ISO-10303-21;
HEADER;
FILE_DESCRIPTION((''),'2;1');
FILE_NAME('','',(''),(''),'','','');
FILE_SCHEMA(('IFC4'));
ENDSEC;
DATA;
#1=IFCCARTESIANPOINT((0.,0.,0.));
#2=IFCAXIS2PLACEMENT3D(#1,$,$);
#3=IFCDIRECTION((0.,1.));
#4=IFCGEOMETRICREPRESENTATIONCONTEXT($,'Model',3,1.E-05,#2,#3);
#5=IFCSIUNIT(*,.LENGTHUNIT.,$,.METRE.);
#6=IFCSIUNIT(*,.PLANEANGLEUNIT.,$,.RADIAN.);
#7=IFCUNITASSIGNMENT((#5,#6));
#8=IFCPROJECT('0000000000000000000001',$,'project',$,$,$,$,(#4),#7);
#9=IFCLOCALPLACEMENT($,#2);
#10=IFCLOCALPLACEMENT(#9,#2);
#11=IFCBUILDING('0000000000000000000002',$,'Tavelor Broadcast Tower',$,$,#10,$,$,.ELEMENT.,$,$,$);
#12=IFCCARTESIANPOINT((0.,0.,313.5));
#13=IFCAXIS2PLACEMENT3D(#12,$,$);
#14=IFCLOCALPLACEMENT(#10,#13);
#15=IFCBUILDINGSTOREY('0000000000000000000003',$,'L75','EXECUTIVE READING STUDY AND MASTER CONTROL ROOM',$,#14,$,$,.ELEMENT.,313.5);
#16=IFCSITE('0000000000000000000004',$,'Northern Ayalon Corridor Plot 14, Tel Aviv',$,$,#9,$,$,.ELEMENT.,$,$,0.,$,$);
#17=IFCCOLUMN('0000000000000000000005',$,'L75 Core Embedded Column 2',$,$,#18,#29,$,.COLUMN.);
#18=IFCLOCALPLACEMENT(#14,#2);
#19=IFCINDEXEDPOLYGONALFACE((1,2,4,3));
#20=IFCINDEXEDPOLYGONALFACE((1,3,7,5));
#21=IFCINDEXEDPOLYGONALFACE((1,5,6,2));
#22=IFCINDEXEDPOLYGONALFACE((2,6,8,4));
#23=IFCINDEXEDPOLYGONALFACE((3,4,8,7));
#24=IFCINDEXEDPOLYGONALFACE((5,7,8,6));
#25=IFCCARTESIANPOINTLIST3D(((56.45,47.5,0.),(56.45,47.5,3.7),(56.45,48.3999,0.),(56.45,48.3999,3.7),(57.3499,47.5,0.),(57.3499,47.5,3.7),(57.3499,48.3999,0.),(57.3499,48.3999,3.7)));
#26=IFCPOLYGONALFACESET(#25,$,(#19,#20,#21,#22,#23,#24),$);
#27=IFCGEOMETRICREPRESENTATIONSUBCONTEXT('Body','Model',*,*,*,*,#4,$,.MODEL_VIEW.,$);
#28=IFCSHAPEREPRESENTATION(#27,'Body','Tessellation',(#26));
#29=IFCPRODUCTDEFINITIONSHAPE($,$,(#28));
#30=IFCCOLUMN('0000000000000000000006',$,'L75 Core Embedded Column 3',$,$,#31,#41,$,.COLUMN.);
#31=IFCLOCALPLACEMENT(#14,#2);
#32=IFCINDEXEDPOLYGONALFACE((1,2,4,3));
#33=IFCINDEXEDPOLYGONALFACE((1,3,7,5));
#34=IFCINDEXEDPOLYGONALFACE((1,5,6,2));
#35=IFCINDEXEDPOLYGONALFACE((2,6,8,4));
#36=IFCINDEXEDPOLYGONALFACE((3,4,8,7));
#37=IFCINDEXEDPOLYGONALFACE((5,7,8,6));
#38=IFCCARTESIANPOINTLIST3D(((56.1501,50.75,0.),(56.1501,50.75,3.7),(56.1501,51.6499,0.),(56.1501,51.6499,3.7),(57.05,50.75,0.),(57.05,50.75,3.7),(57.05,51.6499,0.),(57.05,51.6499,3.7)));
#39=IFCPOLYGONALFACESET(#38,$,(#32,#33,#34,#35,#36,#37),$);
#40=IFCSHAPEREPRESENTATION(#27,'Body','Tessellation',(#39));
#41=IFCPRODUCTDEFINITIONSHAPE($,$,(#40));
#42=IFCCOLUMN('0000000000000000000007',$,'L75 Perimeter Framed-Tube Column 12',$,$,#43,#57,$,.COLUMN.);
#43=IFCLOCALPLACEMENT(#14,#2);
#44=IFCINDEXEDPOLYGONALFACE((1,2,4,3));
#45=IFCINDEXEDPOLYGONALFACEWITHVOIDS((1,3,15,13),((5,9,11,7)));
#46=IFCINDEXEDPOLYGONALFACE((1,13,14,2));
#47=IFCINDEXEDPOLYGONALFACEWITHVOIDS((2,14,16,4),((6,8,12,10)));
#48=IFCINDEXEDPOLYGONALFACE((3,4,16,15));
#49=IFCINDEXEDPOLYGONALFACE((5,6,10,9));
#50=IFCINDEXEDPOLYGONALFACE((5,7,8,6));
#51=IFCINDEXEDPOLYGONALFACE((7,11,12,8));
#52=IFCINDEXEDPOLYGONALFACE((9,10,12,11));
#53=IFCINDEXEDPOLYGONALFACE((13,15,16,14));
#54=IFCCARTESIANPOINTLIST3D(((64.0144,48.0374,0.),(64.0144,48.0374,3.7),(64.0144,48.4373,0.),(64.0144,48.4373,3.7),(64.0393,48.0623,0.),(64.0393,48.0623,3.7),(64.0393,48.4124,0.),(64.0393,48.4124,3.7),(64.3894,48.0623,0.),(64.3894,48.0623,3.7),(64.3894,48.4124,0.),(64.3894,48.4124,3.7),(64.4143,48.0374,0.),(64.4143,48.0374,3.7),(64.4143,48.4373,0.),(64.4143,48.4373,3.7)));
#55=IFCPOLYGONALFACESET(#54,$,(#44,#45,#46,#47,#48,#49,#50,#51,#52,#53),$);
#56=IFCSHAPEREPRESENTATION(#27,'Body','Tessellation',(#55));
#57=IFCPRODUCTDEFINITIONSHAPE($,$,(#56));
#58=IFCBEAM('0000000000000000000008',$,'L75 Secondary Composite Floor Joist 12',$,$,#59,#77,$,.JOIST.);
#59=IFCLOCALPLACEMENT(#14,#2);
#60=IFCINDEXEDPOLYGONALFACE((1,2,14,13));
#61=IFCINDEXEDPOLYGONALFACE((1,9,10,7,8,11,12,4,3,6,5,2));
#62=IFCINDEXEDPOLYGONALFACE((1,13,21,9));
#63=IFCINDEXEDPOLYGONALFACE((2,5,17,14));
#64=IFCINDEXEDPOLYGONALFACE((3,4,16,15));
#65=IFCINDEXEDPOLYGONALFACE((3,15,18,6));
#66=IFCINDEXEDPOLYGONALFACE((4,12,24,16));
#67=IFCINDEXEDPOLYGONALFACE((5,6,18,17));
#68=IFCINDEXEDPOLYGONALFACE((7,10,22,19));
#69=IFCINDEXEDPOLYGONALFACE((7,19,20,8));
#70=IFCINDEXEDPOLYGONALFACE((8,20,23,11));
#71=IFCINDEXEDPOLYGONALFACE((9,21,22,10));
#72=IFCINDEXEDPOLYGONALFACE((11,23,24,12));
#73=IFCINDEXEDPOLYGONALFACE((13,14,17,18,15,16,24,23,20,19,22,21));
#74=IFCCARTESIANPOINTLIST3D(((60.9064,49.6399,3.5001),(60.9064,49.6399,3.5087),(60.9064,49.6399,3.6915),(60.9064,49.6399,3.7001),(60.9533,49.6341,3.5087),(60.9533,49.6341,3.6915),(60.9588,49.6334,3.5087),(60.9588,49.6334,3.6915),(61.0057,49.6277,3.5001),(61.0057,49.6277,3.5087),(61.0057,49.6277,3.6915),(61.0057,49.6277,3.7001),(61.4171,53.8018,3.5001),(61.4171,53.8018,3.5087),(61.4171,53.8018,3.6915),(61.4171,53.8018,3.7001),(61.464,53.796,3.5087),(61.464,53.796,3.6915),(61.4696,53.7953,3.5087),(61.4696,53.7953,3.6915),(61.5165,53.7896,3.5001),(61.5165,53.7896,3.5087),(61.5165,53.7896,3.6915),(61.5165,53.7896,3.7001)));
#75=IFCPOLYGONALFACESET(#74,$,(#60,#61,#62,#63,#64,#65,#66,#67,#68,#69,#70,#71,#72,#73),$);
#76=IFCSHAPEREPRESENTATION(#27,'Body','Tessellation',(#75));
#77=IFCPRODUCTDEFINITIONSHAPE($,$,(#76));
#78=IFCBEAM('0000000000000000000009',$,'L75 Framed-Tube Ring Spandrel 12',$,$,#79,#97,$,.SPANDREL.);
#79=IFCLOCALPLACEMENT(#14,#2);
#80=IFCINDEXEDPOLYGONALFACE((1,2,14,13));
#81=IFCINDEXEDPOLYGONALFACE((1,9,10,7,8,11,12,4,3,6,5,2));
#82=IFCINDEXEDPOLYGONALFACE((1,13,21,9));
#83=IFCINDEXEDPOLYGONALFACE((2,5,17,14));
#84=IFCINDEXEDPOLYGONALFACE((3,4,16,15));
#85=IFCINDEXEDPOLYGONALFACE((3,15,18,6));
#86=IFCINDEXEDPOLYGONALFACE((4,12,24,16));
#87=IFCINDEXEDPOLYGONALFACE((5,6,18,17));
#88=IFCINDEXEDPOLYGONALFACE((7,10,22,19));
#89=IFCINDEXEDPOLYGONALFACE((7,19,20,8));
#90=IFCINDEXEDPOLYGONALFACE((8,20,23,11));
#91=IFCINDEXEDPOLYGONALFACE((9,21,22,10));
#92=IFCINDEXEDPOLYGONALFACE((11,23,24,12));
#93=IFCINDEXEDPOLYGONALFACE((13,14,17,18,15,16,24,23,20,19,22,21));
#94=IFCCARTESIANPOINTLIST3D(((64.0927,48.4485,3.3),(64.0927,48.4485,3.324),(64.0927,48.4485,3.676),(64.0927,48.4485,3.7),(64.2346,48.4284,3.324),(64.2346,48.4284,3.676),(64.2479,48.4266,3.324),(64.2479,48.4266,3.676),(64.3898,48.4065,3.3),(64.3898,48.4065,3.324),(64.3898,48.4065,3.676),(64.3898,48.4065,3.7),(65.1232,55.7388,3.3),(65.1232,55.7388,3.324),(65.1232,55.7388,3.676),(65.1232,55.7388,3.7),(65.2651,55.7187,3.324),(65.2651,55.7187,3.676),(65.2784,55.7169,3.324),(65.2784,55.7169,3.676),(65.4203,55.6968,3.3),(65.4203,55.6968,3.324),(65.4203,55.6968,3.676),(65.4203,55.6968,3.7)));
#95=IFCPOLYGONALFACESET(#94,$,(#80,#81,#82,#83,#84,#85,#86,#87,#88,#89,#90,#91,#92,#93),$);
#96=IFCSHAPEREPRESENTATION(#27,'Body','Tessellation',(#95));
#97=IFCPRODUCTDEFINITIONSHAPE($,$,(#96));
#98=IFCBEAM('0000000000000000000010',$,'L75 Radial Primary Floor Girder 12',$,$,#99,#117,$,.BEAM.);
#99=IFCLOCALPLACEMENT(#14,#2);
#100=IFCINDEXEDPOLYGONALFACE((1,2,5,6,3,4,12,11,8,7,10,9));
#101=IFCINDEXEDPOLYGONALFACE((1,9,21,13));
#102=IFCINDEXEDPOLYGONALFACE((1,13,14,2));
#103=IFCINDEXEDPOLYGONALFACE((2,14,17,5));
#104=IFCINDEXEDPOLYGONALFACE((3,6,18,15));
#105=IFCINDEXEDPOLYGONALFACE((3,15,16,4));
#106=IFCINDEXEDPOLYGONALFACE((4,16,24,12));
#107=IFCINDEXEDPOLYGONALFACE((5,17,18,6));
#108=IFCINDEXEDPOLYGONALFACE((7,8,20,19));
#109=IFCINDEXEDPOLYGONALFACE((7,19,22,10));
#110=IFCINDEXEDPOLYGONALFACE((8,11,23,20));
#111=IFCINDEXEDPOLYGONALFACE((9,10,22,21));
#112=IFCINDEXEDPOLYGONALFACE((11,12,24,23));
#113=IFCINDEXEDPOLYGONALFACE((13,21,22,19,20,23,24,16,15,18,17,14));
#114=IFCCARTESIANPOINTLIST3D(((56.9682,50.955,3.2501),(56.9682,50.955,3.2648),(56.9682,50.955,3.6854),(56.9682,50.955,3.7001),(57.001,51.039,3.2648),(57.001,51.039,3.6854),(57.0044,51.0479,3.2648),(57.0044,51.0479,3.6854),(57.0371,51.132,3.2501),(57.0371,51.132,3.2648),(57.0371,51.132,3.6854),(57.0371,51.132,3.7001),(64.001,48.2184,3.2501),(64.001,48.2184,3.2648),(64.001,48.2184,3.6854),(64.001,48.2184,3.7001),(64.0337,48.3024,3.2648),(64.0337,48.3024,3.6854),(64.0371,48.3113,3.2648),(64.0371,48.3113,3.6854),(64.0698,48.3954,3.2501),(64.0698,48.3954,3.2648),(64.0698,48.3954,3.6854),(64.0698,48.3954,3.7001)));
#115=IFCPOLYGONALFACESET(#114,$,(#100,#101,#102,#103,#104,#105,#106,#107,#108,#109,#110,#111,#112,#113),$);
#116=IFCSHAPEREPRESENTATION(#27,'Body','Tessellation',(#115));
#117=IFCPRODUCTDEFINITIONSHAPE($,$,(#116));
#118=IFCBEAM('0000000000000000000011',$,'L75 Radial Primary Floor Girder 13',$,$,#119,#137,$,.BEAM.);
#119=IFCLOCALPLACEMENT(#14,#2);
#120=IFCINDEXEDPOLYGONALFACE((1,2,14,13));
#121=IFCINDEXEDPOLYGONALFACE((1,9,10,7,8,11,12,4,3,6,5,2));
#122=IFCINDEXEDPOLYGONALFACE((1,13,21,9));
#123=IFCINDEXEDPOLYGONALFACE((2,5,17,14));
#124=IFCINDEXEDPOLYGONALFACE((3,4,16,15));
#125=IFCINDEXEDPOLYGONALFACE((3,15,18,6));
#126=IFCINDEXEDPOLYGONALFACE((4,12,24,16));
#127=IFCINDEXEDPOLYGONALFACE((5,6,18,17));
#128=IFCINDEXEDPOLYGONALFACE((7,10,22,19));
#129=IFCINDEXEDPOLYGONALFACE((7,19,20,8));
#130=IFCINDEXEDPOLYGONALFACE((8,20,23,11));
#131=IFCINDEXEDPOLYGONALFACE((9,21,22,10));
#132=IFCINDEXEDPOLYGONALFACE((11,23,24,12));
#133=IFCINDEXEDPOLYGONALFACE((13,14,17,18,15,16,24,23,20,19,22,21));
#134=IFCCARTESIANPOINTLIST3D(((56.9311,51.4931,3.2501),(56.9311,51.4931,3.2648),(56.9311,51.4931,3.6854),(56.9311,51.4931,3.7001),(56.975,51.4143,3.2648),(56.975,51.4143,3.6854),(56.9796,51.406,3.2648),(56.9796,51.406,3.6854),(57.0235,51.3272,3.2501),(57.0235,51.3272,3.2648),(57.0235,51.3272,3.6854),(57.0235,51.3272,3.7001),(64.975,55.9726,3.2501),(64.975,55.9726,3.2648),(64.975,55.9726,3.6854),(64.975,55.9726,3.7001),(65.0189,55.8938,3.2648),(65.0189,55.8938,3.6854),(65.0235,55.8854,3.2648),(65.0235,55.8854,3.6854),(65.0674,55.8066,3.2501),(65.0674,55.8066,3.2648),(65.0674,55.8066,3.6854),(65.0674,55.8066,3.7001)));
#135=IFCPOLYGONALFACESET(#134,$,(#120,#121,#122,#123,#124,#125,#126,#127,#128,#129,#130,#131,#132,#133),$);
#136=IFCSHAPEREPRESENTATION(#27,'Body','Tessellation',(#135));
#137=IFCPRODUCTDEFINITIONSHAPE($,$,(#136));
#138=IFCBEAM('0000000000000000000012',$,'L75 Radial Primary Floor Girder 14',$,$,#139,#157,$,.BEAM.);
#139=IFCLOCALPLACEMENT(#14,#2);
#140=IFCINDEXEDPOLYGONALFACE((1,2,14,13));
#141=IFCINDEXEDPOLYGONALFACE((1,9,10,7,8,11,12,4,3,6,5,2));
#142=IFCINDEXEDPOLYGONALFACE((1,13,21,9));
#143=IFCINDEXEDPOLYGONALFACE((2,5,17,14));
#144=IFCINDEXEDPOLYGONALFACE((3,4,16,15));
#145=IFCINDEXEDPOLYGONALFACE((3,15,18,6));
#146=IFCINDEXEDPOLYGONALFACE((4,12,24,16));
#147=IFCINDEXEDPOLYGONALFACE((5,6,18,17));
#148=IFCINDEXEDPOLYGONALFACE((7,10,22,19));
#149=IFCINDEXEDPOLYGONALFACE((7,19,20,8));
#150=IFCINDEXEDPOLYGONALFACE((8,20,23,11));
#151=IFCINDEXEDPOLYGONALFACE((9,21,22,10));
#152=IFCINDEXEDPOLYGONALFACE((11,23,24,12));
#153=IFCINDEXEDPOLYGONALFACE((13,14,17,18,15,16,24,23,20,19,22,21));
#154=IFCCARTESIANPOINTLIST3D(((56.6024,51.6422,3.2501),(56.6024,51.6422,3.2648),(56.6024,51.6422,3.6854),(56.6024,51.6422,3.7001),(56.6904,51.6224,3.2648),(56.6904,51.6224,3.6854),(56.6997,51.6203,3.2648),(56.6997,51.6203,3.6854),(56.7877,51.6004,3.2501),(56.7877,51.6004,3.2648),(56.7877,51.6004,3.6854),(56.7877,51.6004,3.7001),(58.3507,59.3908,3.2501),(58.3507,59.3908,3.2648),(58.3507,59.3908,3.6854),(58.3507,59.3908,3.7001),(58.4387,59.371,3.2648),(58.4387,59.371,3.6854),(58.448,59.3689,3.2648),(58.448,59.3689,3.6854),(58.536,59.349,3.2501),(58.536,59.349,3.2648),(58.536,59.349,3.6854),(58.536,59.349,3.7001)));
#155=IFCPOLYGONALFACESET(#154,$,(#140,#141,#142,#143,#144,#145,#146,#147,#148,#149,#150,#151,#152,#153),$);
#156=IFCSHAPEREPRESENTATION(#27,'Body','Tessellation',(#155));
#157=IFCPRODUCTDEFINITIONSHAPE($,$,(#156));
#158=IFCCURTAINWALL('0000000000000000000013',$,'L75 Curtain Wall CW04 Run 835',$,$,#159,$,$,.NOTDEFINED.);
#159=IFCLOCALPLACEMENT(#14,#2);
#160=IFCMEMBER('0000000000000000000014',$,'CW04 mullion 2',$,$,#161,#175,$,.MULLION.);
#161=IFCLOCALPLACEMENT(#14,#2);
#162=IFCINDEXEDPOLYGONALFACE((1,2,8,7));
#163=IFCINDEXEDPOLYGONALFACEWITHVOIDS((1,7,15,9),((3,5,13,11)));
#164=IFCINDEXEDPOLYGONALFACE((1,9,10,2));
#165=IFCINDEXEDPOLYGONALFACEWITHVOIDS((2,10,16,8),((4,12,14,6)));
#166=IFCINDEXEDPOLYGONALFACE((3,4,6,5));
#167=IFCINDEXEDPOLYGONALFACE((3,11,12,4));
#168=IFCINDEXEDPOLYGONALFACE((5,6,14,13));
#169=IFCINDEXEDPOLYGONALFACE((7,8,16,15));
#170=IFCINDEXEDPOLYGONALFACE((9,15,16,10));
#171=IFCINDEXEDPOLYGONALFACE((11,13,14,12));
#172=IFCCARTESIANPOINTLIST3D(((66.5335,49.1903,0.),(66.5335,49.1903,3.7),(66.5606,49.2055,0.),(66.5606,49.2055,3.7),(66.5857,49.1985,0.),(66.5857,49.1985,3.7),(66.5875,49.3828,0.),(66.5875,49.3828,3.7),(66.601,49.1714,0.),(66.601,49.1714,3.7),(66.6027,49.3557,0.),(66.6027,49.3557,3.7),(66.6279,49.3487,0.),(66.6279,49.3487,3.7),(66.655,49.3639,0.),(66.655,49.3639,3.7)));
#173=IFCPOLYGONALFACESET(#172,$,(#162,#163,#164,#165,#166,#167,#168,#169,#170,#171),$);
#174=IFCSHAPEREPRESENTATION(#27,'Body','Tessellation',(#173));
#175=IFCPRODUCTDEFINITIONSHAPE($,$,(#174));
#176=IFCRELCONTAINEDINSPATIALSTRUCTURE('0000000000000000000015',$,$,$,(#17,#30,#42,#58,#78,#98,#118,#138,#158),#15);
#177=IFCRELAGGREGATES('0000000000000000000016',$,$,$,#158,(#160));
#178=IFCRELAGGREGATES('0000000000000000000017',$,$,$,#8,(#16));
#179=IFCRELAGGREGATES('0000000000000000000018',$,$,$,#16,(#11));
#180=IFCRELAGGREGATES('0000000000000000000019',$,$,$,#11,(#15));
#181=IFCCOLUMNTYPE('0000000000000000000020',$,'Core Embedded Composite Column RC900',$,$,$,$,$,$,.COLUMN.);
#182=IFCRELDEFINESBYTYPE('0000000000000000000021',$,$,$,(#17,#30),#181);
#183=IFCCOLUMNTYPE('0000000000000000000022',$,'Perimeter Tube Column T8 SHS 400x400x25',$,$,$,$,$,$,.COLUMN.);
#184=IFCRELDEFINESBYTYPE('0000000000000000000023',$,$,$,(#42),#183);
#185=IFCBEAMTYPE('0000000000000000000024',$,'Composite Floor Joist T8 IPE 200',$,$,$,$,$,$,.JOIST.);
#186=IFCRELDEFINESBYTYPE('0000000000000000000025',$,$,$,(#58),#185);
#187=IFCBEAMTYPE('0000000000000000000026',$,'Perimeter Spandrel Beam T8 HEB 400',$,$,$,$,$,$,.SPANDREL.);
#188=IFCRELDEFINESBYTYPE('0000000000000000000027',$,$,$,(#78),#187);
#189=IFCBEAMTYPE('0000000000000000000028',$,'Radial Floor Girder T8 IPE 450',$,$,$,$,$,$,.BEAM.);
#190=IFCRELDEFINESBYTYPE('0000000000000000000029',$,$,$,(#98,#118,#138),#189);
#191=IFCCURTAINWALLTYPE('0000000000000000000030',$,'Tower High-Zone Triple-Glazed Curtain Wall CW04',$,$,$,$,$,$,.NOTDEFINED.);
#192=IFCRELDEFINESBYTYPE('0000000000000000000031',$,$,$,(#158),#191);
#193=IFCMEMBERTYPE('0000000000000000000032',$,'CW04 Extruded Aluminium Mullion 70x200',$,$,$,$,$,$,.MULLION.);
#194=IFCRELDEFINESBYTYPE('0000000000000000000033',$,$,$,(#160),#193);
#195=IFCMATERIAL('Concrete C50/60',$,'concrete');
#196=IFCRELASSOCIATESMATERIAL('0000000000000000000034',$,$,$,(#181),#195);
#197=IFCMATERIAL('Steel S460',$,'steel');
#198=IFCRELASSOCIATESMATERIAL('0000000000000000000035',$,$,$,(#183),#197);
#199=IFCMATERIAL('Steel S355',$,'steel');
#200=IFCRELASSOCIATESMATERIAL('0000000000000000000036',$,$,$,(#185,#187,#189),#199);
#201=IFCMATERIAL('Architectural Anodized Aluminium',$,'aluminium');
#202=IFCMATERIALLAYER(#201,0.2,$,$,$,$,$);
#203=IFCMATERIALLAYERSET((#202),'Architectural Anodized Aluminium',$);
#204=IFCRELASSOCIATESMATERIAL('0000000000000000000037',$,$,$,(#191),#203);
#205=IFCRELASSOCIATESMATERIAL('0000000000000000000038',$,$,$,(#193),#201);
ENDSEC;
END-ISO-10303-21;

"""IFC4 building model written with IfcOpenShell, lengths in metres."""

from ifc_helpers import new_model, si_unit, direction, frame, origin, origin_2d, place, context, subcontext, project, spatial, rectangle, hollow_rectangle, i_section, extrude, source, transform, mapped, material, layer, layer_set, material_profile, profile_set, type_object, type_shapes, element, aggregate, save


model = new_model("IFC4")

# Units and contexts
model_context = context("Model", 3, precision=1e-05, world=origin(), true_north=direction((0.0, 1.0)))
body_context = subcontext(model_context, "Body", "Model", "MODEL_VIEW")
ifc_project = project(units=[si_unit("LENGTHUNIT", "METRE"), si_unit("PLANEANGLEUNIT", "RADIAN")], contexts=[model_context])

# Site, building, storey
site_placement = place(None, origin())
site = spatial("IfcSite", under=ifc_project, at=site_placement, Name="Northern Ayalon Corridor Plot 14, Tel Aviv", CompositionType="ELEMENT", RefElevation=0.0)
building_placement = place(site_placement, origin())
building = spatial("IfcBuilding", under=site, at=building_placement, Name="Tavelor Broadcast Tower", CompositionType="ELEMENT")
storey_placement = place(building_placement, frame((0.0, 0.0, 313.5)))
storey = spatial("IfcBuildingStorey", under=building, at=storey_placement, Name="L75", Description="EXECUTIVE READING STUDY AND MASTER CONTROL ROOM", CompositionType="ELEMENT", Elevation=313.5)

# Columns
ifc_material_1 = material(Name="Concrete C50/60", Category="concrete")
ifc_material_profile_1 = material_profile(ifc_material_1, rectangle(XDim=0.8999, YDim=0.8999, at=origin_2d()), Name="RC 900x900")
ifc_profile_set_1 = profile_set([ifc_material_profile_1], Name="Concrete C50/60")
column_type_1 = type_object("IfcColumnType", Name="Core Embedded Composite Column RC900", PredefinedType="COLUMN", material=ifc_profile_set_1)
for number, where, z_axis, x_axis, name in (
    (1, (56.8999, 47.95, 0.0), (0.0, 0.0, 1.0), (1.0, 0.0, 0.0), "L75 Core Embedded Column 2"),
    (2, (56.6001, 51.2, 0.0), (0.0, 0.0, 1.0), (1.0, 0.0, 0.0), "L75 Core Embedded Column 3"),
):
    element("IfcColumn", number, at=place(storey_placement, frame(where, z_axis=z_axis, x_axis=x_axis)), inside=storey, type_object=column_type_1, Name=name, PredefinedType="COLUMN", context=body_context, shape_type="SweptSolid", body=[
        extrude(rectangle(XDim=0.8999, YDim=0.8999, at=origin_2d()), origin(), (0.0, 0.0, 1.0), 3.7),
    ])
ifc_material_2 = material(Name="Steel S460", Category="steel")
ifc_material_profile_2 = material_profile(ifc_material_2, hollow_rectangle(XDim=0.3999, YDim=0.3999, WallThickness=0.0249, at=origin_2d()), Name="SHS 400x400x25")
ifc_profile_set_2 = profile_set([ifc_material_profile_2], Name="Steel S460")
column_type_2 = type_object("IfcColumnType", Name="Perimeter Tube Column T8 SHS 400x400x25", PredefinedType="COLUMN", material=ifc_profile_set_2)
column_placement = place(storey_placement, frame((64.2144, 48.2373, 0.0), z_axis=(0.0, 0.0, 1.0), x_axis=(1.0, 0.0, 0.0)))
element("IfcColumn", 3, at=column_placement, inside=storey, type_object=column_type_2, Name="L75 Perimeter Framed-Tube Column 12", PredefinedType="COLUMN", context=body_context, shape_type="SweptSolid", body=[
    extrude(hollow_rectangle(XDim=0.3999, YDim=0.3999, WallThickness=0.0249, at=origin_2d()), origin(), (0.0, 0.0, 1.0), 3.7),
])

# Beams
ifc_material_3 = material(Name="Steel S355", Category="steel")
ifc_material_profile_3 = material_profile(ifc_material_3, i_section(OverallWidth=0.1001, OverallDepth=0.2, WebThickness=0.0056, FlangeThickness=0.0085, at=origin_2d()), Name="IPE 200")
ifc_profile_set_3 = profile_set([ifc_material_profile_3], Name="Steel S355")
beam_type_1 = type_object("IfcBeamType", Name="Composite Floor Joist T8 IPE 200", PredefinedType="JOIST", material=ifc_profile_set_3)
beam_1_placement = place(storey_placement, frame((60.9561, 49.6338, 3.6001), z_axis=(0.121806, 0.992554, 0.0), x_axis=(-0.992554, 0.121806, 0.0)))
element("IfcBeam", 4, at=beam_1_placement, inside=storey, type_object=beam_type_1, Name="L75 Secondary Composite Floor Joist 12", PredefinedType="JOIST", context=body_context, shape_type="SweptSolid", body=[
    extrude(i_section(OverallWidth=0.1001, OverallDepth=0.2, WebThickness=0.0056, FlangeThickness=0.0085, at=origin_2d()), origin(), (0.0, 0.0, 1.0), 4.1931),
])
ifc_material_profile_4 = material_profile(ifc_material_3, i_section(OverallWidth=0.3, OverallDepth=0.3999, WebThickness=0.0134, FlangeThickness=0.0239, at=origin_2d()), Name="HEB 400")
ifc_profile_set_4 = profile_set([ifc_material_profile_4], Name="Steel S355")
beam_type_2 = type_object("IfcBeamType", Name="Perimeter Spandrel Beam T8 HEB 400", PredefinedType="SPANDREL", material=ifc_profile_set_4)
beam_2_placement = place(storey_placement, frame((64.2412, 48.4275, 3.5), z_axis=(0.139964, 0.990157, 0.0), x_axis=(-0.990157, 0.139964, 0.0)))
element("IfcBeam", 5, at=beam_2_placement, inside=storey, type_object=beam_type_2, Name="L75 Framed-Tube Ring Spandrel 12", PredefinedType="SPANDREL", context=body_context, shape_type="SweptSolid", body=[
    extrude(i_section(OverallWidth=0.3, OverallDepth=0.3999, WebThickness=0.0134, FlangeThickness=0.0239, at=origin_2d()), origin(), (0.0, 0.0, 1.0), 7.3628),
])
ifc_material_profile_5 = material_profile(ifc_material_3, i_section(OverallWidth=0.1899, OverallDepth=0.45, WebThickness=0.0095, FlangeThickness=0.0146, at=origin_2d()), Name="IPE 450")
ifc_profile_set_5 = profile_set([ifc_material_profile_5], Name="Steel S355")
beam_type_3 = type_object("IfcBeamType", Name="Radial Floor Girder T8 IPE 450", PredefinedType="BEAM", material=ifc_profile_set_5)
beam_3_placement = place(storey_placement, frame((57.0027, 51.0435, 3.4751), z_axis=(0.931932, -0.362634, 0.0), x_axis=(0.362634, 0.931932, 0.0)))
element("IfcBeam", 6, at=beam_3_placement, inside=storey, type_object=beam_type_3, Name="L75 Radial Primary Floor Girder 12", PredefinedType="BEAM", context=body_context, shape_type="SweptSolid", body=[
    extrude(i_section(OverallWidth=0.1899, OverallDepth=0.45, WebThickness=0.0095, FlangeThickness=0.0146, at=origin_2d()), origin(), (0.0, 0.0, 1.0), 7.5464),
])
beam_4_placement = place(storey_placement, frame((56.9773, 51.4102, 3.4751), z_axis=(0.873667, 0.486525, 0.0), x_axis=(-0.486525, 0.873667, 0.0)))
element("IfcBeam", 7, at=beam_4_placement, inside=storey, type_object=beam_type_3, Name="L75 Radial Primary Floor Girder 13", PredefinedType="BEAM", context=body_context, shape_type="SweptSolid", body=[
    extrude(i_section(OverallWidth=0.1899, OverallDepth=0.45, WebThickness=0.0095, FlangeThickness=0.0146, at=origin_2d()), origin(), (0.0, 0.0, 1.0), 9.207),
])
beam_5_placement = place(storey_placement, frame((56.6951, 51.6213, 3.4751), z_axis=(0.220096, 0.975478, 0.0), x_axis=(-0.975478, 0.220096, 0.0)))
element("IfcBeam", 8, at=beam_5_placement, inside=storey, type_object=beam_type_3, Name="L75 Radial Primary Floor Girder 14", PredefinedType="BEAM", context=body_context, shape_type="SweptSolid", body=[
    extrude(i_section(OverallWidth=0.1899, OverallDepth=0.45, WebThickness=0.0095, FlangeThickness=0.0146, at=origin_2d()), origin(), (0.0, 0.0, 1.0), 7.9434),
])

# Curtain wall, member
ifc_material_4 = material(Name="Architectural Anodized Aluminium", Category="aluminium")
ifc_layer_1 = layer(ifc_material_4, 0.2)
ifc_layer_set_1 = layer_set([ifc_layer_1], Name="Architectural Anodized Aluminium")
curtain_wall_type = type_object("IfcCurtainWallType", Name="Tower High-Zone Triple-Glazed Curtain Wall CW04", PredefinedType="NOTDEFINED", material=ifc_layer_set_1)
curtain_wall_1_placement = place(storey_placement, origin())
curtain_wall_1 = element("IfcCurtainWall", 9, at=curtain_wall_1_placement, inside=storey, type_object=curtain_wall_type, Name="L75 Curtain Wall CW04 Run 835", PredefinedType="NOTDEFINED")
ifc_material_profile_6 = material_profile(ifc_material_4, hollow_rectangle(XDim=0.0701, YDim=0.2, WallThickness=0.022, at=origin_2d()), Name="RHS 70x200x22")
ifc_profile_set_6 = profile_set([ifc_material_profile_6], Name="Architectural Anodized Aluminium")
member_type_1 = type_object("IfcMemberType", Name="CW04 Extruded Aluminium Mullion 70x200", PredefinedType="MULLION", material=ifc_profile_set_6)
shared_shape_1 = source(origin(), body_context, "Body", "SweptSolid", [
    extrude(hollow_rectangle(XDim=0.0701, YDim=0.2, WallThickness=0.022, at=origin_2d()), origin(), (0.0, 0.0, 1.0), 3.7),
])
type_shapes(member_type_1, [shared_shape_1])
member_1_placement = place(storey_placement, frame((66.5942, 49.2771, 0.0), z_axis=(0.0, 0.0, 1.0), x_axis=(-0.962813, 0.270167, 0.0)))
member_1 = element("IfcMember", 10, at=member_1_placement, type_object=member_type_1, Name="CW04 mullion 2", PredefinedType="MULLION", context=body_context, shape_type="MappedRepresentation", body=[
    mapped(shared_shape_1, transform((0.0, 0.0, 0.0), scale=1.0)),
])

aggregate(curtain_wall_1, [member_1])

save(model, "model.ifc")
